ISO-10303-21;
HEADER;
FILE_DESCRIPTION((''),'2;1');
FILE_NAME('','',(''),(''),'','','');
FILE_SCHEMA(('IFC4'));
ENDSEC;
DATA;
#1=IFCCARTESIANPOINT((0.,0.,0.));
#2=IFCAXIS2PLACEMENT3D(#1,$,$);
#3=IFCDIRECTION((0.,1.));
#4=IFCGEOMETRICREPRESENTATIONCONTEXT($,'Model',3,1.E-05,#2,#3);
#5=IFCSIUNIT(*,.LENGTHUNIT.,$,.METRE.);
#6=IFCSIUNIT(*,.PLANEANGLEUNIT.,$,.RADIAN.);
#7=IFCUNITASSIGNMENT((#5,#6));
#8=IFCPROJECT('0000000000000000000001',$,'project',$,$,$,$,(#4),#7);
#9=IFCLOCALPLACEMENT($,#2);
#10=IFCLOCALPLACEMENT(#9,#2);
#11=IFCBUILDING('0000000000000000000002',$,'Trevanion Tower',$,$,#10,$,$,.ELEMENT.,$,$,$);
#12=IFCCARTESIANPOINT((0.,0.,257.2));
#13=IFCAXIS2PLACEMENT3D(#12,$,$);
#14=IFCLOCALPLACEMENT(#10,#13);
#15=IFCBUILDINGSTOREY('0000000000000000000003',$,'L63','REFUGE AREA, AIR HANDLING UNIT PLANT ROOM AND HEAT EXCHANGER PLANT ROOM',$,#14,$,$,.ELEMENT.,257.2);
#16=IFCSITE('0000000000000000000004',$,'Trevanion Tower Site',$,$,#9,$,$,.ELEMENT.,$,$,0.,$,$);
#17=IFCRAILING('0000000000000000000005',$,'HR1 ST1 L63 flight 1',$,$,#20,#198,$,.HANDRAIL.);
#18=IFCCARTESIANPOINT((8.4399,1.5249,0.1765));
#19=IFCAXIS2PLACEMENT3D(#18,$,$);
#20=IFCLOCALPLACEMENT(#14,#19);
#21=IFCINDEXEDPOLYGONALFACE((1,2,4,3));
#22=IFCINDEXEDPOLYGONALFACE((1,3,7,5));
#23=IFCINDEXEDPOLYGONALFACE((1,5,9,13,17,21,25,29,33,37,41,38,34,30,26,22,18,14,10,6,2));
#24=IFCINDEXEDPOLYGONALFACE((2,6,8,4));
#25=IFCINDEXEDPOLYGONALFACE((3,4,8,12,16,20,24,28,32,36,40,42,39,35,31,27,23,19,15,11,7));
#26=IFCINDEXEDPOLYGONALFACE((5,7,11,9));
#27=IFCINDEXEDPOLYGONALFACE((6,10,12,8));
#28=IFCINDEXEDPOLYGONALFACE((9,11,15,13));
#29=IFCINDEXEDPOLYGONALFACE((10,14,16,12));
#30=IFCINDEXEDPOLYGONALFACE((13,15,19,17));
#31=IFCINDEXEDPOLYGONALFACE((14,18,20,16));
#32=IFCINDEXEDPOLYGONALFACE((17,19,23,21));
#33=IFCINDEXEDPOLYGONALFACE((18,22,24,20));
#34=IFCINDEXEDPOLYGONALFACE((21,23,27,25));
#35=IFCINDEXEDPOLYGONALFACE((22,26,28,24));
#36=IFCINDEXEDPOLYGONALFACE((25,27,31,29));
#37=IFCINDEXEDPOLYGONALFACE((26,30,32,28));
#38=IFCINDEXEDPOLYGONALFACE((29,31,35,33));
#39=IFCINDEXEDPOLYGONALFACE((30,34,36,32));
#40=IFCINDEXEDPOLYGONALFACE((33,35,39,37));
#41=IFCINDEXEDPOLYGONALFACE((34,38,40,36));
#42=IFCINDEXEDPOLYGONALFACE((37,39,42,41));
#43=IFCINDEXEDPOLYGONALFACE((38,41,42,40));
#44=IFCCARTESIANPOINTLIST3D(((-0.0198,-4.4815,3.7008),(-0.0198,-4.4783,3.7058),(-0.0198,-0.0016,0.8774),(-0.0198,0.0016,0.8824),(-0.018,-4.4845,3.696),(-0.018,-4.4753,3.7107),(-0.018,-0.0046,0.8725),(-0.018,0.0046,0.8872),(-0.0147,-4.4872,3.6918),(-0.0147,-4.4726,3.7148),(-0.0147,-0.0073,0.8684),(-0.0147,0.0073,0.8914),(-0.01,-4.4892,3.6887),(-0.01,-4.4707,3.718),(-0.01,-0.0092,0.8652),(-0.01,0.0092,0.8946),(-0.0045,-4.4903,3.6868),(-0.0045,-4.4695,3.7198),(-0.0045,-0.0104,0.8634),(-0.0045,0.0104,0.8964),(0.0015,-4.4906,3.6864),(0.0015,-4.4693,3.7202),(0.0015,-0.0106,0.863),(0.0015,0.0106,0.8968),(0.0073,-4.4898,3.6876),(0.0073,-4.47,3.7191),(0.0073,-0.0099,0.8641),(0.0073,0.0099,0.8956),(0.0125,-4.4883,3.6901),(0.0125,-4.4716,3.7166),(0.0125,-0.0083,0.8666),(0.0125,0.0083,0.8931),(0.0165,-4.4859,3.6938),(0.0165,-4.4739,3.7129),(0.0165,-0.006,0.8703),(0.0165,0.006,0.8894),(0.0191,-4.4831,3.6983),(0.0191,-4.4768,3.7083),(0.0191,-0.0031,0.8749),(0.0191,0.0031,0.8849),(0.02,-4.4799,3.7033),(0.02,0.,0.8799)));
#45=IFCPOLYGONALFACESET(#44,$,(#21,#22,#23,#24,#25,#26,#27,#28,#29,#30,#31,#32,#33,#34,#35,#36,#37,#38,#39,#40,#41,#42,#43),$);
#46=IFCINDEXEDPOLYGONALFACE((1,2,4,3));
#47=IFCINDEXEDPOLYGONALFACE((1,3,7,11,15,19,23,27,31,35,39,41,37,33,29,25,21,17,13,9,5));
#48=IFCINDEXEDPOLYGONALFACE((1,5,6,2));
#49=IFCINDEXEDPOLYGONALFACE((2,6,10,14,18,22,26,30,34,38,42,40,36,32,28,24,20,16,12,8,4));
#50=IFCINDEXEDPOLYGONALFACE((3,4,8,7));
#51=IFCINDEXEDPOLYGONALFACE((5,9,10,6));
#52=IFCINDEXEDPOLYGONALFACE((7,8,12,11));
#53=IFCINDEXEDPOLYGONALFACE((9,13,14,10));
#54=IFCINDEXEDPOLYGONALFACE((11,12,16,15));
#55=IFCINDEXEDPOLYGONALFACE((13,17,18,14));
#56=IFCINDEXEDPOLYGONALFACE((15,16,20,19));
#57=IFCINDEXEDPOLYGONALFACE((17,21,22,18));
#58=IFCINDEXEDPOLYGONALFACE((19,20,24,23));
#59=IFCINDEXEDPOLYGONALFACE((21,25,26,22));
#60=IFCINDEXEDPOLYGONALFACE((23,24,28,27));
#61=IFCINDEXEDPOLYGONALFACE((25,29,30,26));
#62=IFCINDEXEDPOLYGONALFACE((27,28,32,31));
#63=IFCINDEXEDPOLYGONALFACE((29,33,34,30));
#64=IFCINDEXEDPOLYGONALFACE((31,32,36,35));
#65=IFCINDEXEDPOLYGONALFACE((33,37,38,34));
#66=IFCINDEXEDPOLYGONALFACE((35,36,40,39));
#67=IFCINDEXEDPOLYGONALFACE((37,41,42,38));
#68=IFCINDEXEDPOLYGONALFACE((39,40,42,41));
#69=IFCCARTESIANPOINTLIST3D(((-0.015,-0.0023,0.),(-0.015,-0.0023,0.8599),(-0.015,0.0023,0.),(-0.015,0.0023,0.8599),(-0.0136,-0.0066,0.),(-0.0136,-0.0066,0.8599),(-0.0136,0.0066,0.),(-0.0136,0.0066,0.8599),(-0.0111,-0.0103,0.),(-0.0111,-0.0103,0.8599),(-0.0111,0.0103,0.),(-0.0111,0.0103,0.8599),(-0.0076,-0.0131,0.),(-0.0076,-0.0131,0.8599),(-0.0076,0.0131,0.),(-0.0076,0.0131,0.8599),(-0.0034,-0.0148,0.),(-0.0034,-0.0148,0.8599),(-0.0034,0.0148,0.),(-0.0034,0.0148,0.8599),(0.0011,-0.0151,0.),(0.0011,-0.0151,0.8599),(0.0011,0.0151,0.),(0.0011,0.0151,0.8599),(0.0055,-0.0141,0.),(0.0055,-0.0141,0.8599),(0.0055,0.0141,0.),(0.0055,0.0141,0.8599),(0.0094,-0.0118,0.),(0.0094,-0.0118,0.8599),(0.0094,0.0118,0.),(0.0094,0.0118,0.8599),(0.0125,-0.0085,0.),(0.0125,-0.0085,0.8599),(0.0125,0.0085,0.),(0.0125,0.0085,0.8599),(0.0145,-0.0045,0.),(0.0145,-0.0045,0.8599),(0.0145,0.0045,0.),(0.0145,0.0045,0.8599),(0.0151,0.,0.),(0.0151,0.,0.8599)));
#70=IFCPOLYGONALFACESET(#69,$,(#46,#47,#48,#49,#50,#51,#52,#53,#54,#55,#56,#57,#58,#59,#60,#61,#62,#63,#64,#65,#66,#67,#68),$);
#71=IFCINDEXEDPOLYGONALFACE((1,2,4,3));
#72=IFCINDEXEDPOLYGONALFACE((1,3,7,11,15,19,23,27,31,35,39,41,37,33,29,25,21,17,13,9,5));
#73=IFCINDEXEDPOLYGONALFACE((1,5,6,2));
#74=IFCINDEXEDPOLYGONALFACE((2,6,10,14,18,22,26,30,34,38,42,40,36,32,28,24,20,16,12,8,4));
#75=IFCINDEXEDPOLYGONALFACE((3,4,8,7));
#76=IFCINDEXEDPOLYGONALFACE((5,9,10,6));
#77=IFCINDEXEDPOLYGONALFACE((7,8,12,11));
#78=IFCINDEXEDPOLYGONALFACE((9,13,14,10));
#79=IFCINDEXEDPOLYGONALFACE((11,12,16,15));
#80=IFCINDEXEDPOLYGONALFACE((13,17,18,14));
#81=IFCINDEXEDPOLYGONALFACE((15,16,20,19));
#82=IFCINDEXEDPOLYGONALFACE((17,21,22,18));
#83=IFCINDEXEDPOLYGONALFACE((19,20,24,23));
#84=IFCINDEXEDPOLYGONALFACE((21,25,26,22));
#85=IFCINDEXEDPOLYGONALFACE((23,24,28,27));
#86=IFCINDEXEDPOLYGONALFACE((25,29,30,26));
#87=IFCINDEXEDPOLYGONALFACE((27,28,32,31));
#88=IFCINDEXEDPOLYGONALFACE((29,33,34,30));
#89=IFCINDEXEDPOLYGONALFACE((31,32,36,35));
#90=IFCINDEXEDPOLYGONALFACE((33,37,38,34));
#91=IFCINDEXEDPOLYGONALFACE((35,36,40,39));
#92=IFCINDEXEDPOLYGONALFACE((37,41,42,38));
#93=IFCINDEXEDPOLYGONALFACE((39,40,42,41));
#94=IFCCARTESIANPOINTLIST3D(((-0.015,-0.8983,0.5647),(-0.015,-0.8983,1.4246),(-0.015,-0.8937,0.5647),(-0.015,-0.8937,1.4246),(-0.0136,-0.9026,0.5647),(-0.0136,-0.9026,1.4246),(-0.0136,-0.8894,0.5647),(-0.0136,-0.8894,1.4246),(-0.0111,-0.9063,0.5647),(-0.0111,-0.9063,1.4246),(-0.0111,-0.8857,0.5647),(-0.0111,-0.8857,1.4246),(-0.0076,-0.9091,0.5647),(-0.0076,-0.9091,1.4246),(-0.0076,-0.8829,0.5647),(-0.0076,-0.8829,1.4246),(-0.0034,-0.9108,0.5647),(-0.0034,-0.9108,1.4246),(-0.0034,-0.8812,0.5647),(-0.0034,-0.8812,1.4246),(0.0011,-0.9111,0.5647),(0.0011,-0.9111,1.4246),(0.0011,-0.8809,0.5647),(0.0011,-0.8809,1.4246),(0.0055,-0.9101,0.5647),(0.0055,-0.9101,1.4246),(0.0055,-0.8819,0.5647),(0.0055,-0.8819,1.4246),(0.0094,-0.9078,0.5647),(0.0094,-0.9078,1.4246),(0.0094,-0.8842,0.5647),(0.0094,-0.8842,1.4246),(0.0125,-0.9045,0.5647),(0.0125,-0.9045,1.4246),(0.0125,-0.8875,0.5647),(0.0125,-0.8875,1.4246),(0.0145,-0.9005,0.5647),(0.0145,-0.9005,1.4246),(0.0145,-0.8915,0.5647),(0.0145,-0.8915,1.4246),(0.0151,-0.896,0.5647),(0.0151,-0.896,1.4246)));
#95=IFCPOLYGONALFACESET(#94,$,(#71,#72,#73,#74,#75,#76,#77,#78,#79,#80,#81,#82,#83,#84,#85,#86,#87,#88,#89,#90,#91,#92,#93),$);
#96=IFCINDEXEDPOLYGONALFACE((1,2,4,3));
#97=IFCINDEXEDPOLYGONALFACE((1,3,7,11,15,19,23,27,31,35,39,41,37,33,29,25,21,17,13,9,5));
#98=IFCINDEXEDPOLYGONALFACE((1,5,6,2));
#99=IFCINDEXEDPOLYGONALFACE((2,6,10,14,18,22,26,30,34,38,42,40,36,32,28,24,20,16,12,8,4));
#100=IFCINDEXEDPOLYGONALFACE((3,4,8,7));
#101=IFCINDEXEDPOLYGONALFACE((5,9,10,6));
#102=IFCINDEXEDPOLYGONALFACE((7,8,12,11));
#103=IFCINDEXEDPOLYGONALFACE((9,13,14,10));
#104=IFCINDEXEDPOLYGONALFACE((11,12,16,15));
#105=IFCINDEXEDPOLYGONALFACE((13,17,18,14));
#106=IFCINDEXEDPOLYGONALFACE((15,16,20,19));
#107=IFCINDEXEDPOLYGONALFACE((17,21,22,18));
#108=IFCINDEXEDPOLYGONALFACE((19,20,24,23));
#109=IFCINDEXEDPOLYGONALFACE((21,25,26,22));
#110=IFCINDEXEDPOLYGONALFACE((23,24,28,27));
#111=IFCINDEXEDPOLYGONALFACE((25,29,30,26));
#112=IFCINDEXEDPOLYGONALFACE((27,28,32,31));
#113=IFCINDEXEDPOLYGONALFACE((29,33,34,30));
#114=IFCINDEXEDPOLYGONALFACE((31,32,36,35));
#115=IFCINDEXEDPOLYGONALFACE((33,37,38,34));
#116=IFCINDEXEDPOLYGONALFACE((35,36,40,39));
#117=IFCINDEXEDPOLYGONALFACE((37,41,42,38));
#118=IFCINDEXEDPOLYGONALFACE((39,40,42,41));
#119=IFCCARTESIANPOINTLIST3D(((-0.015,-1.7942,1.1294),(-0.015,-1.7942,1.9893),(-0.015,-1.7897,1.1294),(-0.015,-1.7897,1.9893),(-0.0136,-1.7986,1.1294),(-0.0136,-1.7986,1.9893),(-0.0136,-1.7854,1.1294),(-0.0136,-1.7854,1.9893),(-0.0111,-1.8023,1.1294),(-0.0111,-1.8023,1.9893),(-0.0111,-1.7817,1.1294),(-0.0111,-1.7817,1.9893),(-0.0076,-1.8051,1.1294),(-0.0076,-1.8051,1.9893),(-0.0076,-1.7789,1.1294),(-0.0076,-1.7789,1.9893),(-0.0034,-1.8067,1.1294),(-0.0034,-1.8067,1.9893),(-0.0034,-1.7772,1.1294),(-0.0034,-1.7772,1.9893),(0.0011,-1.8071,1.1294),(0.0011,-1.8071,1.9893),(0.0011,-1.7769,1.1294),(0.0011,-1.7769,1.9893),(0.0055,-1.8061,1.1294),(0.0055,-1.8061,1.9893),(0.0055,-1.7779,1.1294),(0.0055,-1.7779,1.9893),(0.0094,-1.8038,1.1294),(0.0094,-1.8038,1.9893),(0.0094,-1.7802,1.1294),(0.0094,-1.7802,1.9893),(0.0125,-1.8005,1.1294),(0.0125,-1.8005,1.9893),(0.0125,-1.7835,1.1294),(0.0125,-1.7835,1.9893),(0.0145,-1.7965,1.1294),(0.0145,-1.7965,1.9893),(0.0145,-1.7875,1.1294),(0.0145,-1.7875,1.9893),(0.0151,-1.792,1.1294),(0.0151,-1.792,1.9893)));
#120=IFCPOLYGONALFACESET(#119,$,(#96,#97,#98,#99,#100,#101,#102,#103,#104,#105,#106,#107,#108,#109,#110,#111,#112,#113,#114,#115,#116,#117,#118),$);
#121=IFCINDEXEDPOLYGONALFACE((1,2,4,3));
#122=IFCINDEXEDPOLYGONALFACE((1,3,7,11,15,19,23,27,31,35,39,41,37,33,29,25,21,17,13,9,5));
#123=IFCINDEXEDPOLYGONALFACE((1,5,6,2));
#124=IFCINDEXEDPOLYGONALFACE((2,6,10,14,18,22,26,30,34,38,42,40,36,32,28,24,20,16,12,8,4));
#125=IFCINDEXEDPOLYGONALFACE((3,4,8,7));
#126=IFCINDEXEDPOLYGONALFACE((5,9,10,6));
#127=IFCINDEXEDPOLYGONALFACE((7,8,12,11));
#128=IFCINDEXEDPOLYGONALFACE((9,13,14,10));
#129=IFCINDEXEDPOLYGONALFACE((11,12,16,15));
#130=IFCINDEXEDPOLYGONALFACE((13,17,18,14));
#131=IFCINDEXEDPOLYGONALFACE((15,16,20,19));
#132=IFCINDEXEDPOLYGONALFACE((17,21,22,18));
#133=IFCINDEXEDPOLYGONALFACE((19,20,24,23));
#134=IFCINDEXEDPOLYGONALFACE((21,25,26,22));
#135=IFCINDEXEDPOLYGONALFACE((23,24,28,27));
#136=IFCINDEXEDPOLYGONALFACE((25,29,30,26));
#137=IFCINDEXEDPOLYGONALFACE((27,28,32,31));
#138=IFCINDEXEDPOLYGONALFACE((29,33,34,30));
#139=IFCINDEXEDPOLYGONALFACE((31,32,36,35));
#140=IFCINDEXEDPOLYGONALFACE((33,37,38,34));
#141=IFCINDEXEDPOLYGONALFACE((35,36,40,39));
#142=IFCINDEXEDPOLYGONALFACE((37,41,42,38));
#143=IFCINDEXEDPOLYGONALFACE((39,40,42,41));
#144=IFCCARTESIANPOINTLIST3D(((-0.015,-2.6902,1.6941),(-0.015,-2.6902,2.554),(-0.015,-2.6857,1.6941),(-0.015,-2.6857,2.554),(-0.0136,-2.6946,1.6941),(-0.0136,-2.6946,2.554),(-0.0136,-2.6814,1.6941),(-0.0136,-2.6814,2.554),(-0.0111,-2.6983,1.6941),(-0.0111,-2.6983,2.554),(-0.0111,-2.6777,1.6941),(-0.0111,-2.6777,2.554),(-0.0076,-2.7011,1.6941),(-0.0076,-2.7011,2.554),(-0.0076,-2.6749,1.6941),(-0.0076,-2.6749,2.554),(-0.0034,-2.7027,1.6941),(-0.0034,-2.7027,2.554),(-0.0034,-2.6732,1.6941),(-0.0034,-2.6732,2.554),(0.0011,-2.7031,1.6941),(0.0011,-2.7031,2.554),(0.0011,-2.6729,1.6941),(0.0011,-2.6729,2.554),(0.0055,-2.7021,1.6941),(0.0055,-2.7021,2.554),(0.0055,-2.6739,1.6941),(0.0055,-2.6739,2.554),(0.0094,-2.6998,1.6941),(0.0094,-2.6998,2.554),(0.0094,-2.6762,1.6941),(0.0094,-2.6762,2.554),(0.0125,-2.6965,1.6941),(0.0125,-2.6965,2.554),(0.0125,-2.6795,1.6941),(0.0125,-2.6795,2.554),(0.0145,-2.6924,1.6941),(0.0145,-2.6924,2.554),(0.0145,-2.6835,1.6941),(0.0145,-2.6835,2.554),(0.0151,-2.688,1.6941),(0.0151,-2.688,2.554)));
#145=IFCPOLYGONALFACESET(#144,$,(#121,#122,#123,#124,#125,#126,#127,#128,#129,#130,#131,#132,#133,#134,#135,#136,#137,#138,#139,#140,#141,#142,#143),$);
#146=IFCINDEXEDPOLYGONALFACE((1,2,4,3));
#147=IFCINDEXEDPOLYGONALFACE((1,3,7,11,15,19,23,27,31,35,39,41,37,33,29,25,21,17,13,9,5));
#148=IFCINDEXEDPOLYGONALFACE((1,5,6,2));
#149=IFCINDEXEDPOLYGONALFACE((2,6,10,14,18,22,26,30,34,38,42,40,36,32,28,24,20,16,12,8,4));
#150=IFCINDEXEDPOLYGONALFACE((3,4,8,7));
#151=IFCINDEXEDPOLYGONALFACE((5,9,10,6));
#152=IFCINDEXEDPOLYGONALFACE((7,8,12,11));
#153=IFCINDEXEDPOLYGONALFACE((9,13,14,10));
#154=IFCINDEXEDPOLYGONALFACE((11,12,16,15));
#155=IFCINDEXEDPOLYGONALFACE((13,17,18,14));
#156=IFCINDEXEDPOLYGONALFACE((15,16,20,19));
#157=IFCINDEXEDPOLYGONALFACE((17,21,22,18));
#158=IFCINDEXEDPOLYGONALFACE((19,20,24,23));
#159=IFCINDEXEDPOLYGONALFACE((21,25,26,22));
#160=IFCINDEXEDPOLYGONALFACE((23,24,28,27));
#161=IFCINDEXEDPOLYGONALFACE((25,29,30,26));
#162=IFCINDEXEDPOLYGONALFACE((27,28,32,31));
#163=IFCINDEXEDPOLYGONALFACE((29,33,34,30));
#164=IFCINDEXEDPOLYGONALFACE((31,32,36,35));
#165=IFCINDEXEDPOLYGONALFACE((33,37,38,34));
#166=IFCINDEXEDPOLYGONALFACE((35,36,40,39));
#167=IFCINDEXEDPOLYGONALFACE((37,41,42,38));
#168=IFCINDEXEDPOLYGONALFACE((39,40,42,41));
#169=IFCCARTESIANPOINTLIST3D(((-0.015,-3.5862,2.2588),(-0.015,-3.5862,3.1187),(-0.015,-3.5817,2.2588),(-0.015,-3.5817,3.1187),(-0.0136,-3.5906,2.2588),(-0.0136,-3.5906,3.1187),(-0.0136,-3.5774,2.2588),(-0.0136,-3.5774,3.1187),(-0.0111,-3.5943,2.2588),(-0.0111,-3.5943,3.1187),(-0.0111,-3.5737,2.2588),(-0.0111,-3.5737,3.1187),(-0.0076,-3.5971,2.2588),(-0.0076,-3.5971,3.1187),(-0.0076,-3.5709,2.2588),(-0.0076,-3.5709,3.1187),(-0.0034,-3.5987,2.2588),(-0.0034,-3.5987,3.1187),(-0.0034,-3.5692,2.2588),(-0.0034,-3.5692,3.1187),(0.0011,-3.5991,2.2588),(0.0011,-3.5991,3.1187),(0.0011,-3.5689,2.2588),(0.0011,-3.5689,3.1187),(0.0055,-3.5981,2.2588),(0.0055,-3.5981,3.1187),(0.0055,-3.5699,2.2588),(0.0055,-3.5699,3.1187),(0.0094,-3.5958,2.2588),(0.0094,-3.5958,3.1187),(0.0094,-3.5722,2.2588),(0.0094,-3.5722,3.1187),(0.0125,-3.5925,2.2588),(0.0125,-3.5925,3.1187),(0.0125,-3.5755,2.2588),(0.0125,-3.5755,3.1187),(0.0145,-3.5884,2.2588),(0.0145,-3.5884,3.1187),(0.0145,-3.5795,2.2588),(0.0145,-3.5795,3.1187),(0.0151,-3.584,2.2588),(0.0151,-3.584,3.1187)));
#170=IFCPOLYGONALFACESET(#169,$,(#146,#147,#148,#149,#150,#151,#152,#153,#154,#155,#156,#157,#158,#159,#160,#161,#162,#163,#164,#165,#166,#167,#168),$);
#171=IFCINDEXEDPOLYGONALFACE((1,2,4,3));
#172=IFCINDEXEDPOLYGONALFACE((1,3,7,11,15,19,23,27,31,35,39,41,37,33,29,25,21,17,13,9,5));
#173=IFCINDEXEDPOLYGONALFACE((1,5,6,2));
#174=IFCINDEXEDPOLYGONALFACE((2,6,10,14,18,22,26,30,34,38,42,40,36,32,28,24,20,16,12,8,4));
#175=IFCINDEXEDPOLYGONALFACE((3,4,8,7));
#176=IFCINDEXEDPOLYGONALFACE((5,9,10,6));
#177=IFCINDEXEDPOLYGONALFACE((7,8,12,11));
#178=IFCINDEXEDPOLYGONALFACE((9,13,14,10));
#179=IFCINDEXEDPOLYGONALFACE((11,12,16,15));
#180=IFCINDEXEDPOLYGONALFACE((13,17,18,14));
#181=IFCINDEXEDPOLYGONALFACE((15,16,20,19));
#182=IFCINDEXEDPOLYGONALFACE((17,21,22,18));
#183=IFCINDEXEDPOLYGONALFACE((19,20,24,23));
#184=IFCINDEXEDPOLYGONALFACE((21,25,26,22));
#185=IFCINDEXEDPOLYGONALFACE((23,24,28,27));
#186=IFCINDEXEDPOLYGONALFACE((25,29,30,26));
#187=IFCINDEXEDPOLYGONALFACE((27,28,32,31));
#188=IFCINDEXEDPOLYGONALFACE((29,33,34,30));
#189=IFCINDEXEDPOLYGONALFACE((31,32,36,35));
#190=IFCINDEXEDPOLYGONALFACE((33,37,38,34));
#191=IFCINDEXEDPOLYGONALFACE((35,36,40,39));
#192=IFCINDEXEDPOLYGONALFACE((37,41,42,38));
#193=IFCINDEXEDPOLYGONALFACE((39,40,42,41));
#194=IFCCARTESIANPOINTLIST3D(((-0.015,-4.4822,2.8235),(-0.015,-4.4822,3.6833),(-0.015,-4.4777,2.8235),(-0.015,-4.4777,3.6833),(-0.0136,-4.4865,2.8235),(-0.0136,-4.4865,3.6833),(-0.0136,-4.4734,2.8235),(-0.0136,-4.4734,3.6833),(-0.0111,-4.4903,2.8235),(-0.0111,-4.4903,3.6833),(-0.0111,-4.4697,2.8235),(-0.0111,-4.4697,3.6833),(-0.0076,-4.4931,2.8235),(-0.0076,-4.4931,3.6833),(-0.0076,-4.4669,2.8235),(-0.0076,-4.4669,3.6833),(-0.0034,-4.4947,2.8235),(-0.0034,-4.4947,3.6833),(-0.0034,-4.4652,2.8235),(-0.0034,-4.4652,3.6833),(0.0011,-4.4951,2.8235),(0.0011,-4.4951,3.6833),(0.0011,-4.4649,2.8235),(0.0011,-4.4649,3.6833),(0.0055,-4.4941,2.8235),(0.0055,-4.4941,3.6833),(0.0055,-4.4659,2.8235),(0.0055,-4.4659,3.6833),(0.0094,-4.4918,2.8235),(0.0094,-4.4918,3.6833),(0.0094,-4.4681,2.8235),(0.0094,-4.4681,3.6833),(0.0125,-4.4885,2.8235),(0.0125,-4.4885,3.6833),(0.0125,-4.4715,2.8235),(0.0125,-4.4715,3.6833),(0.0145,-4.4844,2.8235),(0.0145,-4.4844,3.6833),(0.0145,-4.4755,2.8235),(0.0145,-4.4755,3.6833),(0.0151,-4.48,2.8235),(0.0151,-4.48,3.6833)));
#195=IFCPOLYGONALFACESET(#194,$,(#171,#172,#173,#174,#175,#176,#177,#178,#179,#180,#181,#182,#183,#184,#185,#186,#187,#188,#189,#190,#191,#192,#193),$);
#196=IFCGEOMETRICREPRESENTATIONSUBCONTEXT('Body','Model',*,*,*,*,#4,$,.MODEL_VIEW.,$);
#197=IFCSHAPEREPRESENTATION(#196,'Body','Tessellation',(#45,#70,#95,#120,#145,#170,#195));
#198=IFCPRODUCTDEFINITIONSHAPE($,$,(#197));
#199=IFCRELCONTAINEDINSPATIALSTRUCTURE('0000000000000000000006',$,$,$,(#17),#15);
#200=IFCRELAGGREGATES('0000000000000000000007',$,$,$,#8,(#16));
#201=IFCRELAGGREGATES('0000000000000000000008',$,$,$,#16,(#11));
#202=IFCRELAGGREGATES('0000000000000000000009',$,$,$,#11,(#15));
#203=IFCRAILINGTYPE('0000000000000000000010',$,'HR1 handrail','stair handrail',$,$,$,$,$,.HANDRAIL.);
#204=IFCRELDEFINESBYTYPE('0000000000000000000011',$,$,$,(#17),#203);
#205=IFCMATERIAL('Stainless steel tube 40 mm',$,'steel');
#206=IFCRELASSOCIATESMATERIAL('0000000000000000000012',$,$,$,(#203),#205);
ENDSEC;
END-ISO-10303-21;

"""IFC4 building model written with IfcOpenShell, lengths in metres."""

from ifc_helpers import new_model, si_unit, direction, frame, origin, origin_2d, place, context, subcontext, project, spatial, circle, extrude, material, type_object, element, save


model = new_model("IFC4")

# Units and contexts
model_context = context("Model", 3, precision=1e-05, world=origin(), true_north=direction((0.0, 1.0)))
body_context = subcontext(model_context, "Body", "Model", "MODEL_VIEW")
ifc_project = project(units=[si_unit("LENGTHUNIT", "METRE"), si_unit("PLANEANGLEUNIT", "RADIAN")], contexts=[model_context])

# Site, building, storey
site_placement = place(None, origin())
site = spatial("IfcSite", under=ifc_project, at=site_placement, Name="Trevanion Tower Site", CompositionType="ELEMENT", RefElevation=0.0)
building_placement = place(site_placement, origin())
building = spatial("IfcBuilding", under=site, at=building_placement, Name="Trevanion Tower", CompositionType="ELEMENT")
storey_placement = place(building_placement, frame((0.0, 0.0, 257.2)))
storey = spatial("IfcBuildingStorey", under=building, at=storey_placement, Name="L63", Description="REFUGE AREA, AIR HANDLING UNIT PLANT ROOM AND HEAT EXCHANGER PLANT ROOM", CompositionType="ELEMENT", Elevation=257.2)

# Railing
ifc_material_1 = material(Name="Stainless steel tube 40 mm", Category="steel")
railing_type = type_object("IfcRailingType", Name="HR1 handrail", Description="stair handrail", PredefinedType="HANDRAIL", material=ifc_material_1)
for number, where, name in (
    (1, (8.4399, 1.5249, 0.1765), "HR1 ST1 L63 flight 1"),
):
    element("IfcRailing", number, at=place(storey_placement, frame(where)), inside=storey, type_object=railing_type, Name=name, PredefinedType="HANDRAIL", context=body_context, shape_type="SweptSolid", body=[
        extrude(circle(Radius=0.02, at=origin_2d()), frame((0.0, 0.0, 0.8799), z_axis=(0.0, -0.845998, 0.533186), x_axis=(1.0, 0.0, 0.0)), (0.0, 0.0, 1.0), 5.2954),
        extrude(circle(Radius=0.0151, at=origin_2d()), origin(), (0.0, 0.0, 1.0), 0.8599),
        extrude(circle(Radius=0.0151, at=origin_2d()), frame((0.0, -0.896, 0.5647)), (0.0, 0.0, 1.0), 0.8599),
        extrude(circle(Radius=0.0151, at=origin_2d()), frame((0.0, -1.792, 1.1294)), (0.0, 0.0, 1.0), 0.8599),
        extrude(circle(Radius=0.0151, at=origin_2d()), frame((0.0, -2.688, 1.6941)), (0.0, 0.0, 1.0), 0.8599),
        extrude(circle(Radius=0.0151, at=origin_2d()), frame((0.0, -3.584, 2.2588)), (0.0, 0.0, 1.0), 0.8599),
        extrude(circle(Radius=0.0151, at=origin_2d()), frame((0.0, -4.48, 2.8235)), (0.0, 0.0, 1.0), 0.8599),
    ])

save(model, "model.ifc")
